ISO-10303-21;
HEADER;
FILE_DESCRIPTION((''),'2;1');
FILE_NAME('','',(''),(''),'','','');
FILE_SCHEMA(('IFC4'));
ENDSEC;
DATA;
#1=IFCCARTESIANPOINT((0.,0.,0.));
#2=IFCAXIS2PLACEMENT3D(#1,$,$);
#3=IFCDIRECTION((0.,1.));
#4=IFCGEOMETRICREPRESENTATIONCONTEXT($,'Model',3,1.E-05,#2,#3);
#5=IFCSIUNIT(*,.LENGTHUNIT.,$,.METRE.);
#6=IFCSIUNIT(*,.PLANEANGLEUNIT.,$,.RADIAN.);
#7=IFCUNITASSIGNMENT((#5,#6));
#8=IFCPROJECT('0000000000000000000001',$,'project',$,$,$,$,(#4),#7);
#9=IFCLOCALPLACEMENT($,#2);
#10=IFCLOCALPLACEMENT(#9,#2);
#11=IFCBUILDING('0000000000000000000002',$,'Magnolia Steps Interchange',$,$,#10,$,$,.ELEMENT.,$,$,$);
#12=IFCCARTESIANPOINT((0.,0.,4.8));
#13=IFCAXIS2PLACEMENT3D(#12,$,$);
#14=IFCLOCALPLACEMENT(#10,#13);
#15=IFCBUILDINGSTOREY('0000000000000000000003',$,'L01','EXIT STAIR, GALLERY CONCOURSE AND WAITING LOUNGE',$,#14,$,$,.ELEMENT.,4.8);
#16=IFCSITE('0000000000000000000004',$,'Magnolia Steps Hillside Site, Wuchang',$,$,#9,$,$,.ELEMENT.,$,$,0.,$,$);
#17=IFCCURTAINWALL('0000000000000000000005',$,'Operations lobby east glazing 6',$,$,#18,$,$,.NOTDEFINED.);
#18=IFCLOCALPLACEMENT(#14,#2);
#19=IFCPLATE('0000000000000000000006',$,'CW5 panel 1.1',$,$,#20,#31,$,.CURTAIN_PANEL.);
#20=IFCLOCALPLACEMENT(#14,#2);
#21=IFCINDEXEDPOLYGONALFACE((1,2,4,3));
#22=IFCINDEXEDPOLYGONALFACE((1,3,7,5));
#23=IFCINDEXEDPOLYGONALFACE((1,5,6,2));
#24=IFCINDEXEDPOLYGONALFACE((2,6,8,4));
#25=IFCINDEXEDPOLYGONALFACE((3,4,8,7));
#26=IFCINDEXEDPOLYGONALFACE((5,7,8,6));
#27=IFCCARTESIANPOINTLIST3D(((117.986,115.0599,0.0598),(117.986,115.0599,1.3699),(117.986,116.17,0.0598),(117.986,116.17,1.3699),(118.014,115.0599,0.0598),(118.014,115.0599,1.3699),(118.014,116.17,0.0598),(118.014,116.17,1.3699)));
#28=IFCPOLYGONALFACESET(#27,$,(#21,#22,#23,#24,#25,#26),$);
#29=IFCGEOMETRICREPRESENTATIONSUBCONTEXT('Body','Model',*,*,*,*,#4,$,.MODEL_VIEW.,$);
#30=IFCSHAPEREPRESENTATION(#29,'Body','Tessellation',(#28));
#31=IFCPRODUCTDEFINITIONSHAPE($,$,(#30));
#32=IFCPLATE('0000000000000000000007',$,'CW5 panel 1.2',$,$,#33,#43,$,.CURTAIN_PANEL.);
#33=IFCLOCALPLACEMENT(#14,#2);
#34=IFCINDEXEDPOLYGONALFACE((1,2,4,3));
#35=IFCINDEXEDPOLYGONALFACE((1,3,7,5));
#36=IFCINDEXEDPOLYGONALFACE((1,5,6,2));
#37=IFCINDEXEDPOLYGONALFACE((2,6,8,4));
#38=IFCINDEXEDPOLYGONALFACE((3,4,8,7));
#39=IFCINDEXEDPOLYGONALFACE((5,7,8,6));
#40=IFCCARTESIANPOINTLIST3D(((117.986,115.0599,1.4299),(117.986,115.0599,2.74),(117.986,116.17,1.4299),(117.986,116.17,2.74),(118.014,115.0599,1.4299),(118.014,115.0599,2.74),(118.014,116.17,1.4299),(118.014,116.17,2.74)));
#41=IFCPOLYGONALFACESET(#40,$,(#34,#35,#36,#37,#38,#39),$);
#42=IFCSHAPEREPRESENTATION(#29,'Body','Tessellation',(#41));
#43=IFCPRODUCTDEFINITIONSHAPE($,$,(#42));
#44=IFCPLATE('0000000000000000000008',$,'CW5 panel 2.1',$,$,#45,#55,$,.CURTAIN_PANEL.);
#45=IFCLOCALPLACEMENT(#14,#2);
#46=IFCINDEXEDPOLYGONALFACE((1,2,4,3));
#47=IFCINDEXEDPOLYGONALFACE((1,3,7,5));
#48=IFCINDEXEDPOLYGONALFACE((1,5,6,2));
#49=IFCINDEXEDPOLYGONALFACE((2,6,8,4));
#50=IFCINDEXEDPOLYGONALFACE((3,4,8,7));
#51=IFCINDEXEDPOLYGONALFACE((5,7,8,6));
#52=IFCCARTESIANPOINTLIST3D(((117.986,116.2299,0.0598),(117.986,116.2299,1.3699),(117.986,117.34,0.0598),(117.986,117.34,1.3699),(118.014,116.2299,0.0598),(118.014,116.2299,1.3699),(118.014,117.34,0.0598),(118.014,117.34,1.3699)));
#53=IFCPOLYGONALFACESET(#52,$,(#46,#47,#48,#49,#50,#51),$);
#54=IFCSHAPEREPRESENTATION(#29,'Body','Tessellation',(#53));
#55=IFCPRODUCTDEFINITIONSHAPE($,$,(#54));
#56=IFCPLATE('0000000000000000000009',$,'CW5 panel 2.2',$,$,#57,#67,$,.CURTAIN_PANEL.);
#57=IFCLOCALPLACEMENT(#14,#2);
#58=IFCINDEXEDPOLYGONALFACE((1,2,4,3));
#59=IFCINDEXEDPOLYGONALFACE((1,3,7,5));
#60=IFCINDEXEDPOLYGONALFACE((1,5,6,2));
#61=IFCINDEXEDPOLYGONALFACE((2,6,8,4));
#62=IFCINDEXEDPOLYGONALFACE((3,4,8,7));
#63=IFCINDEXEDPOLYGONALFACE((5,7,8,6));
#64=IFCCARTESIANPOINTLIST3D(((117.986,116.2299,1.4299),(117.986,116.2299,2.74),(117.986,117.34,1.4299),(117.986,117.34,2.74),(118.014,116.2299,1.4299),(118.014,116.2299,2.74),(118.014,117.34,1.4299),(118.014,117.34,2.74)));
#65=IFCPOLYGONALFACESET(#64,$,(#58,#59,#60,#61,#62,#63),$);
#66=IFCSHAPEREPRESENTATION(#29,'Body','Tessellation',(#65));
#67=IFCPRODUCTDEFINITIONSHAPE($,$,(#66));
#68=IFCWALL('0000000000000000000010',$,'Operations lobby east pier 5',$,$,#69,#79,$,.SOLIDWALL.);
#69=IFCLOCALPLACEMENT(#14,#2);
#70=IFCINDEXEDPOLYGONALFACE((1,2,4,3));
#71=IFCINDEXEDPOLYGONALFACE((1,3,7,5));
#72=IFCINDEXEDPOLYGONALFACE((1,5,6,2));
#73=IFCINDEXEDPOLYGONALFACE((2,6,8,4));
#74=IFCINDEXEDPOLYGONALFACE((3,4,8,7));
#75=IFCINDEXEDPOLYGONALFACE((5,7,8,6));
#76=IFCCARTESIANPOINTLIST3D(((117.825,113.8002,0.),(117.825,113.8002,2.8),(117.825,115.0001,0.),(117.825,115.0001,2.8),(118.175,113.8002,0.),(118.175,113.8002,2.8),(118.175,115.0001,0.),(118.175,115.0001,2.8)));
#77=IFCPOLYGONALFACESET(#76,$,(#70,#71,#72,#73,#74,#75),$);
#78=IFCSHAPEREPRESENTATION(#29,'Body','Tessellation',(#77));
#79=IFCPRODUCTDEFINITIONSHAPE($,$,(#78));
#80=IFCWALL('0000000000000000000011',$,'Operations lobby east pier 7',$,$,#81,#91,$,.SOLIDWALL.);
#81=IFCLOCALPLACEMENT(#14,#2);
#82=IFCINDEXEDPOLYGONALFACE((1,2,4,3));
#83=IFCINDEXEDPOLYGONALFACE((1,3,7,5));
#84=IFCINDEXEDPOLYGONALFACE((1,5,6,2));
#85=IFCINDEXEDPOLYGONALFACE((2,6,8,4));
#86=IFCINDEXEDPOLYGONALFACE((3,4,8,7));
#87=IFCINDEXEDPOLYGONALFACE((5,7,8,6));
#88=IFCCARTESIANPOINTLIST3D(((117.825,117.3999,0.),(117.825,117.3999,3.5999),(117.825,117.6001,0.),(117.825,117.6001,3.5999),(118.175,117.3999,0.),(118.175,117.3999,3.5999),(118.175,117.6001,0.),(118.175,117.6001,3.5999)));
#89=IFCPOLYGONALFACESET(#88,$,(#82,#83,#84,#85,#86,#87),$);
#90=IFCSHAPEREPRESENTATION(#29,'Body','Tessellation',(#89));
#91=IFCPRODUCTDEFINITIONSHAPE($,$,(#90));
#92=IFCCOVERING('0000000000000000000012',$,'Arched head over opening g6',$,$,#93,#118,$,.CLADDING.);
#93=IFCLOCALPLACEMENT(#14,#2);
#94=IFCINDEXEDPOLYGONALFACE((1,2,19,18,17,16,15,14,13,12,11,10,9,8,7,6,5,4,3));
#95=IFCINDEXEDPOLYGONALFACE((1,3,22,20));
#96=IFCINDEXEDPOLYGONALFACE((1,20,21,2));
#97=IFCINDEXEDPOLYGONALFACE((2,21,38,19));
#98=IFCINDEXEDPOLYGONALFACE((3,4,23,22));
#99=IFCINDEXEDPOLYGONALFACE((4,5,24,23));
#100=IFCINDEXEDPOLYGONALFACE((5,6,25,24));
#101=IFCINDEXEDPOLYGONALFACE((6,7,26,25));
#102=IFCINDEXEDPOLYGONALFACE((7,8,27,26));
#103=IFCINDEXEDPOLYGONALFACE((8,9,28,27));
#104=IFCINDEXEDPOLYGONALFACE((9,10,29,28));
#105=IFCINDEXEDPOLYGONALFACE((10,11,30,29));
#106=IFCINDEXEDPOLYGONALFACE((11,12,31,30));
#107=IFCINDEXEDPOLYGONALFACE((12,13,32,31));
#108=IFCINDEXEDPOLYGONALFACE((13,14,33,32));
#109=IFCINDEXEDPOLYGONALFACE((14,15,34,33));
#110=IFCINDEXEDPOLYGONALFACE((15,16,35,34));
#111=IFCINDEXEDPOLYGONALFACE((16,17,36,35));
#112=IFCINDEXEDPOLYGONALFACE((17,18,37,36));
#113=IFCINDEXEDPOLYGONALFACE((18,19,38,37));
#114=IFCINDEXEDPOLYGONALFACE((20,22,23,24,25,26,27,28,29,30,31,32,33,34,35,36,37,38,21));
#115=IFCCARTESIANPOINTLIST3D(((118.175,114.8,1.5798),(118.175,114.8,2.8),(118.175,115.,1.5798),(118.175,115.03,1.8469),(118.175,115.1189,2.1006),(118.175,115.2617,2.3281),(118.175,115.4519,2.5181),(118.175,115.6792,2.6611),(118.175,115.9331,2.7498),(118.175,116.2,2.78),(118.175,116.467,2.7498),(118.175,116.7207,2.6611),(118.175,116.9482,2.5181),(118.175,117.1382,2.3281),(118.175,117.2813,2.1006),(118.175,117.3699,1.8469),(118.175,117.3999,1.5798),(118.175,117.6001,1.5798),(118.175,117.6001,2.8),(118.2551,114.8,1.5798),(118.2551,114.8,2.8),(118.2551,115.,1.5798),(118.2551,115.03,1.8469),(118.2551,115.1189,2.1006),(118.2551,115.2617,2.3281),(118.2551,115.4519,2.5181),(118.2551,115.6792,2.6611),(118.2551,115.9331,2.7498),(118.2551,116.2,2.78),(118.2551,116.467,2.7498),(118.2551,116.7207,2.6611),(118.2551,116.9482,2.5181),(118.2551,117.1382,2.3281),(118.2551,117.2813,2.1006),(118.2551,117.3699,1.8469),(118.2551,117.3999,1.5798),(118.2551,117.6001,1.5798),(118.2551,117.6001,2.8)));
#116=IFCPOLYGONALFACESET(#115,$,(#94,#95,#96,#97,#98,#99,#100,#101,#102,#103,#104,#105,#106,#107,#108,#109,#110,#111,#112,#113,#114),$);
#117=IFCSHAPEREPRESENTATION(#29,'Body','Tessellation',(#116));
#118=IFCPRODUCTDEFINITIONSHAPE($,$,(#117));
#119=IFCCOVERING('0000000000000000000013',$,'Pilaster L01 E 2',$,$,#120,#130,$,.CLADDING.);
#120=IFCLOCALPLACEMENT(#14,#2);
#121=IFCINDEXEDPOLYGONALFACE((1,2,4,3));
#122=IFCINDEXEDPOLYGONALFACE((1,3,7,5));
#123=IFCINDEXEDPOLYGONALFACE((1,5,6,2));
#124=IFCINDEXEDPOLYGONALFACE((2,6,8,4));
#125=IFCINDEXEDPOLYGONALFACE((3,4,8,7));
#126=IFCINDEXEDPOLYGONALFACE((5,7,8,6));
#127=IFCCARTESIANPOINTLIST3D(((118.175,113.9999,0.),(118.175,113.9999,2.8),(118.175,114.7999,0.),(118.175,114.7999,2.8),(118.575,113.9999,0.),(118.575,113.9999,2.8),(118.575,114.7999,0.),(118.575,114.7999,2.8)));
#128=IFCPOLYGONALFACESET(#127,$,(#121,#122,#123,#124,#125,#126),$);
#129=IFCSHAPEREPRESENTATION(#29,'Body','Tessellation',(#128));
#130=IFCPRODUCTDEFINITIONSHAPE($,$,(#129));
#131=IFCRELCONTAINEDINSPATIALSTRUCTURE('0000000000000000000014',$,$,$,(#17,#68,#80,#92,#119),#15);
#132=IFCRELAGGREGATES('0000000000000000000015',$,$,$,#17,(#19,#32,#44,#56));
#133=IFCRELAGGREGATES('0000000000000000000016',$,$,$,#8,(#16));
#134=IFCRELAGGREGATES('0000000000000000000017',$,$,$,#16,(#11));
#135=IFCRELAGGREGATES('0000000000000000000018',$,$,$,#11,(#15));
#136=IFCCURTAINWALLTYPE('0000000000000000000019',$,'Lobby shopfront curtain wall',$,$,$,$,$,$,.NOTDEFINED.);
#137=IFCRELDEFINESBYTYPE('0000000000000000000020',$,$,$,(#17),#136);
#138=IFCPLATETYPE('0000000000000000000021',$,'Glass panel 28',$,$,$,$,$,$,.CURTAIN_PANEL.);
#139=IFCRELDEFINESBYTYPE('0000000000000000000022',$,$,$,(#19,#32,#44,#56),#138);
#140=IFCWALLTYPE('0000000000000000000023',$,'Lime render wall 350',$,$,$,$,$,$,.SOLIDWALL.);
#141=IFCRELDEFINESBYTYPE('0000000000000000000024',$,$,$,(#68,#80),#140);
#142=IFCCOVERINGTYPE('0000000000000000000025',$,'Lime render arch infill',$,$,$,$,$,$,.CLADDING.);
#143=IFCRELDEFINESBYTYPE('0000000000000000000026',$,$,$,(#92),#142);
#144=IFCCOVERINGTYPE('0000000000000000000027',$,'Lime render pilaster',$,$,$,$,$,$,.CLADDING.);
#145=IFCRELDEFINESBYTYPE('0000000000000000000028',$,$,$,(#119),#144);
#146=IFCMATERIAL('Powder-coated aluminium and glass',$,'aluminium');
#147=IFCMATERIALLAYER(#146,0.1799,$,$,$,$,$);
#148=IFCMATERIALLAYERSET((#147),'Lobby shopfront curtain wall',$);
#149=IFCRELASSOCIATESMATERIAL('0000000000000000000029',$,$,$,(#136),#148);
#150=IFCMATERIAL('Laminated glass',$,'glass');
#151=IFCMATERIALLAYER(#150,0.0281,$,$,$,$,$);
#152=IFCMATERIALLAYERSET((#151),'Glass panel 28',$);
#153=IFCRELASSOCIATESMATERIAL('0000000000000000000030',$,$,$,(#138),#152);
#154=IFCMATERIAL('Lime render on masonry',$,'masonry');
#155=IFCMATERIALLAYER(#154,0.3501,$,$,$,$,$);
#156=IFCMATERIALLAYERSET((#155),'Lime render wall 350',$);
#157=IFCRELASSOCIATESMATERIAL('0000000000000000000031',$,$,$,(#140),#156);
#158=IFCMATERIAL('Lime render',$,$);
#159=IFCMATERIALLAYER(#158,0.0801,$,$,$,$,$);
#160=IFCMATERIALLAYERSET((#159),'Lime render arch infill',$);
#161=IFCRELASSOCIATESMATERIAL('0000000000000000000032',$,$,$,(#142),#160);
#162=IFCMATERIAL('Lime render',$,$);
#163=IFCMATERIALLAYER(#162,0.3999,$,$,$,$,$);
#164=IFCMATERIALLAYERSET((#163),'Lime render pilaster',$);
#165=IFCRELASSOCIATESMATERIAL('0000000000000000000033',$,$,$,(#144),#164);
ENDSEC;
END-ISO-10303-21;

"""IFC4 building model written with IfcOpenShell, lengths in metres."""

from ifc_helpers import new_model, si_unit, direction, frame, frame_2d, origin, origin_2d, place, context, subcontext, project, spatial, polyline, rectangle, outline, extrude, material, layer, layer_set, type_object, element, aggregate, save


model = new_model("IFC4")

# Units and contexts
model_context = context("Model", 3, precision=1e-05, world=origin(), true_north=direction((0.0, 1.0)))
body_context = subcontext(model_context, "Body", "Model", "MODEL_VIEW")
ifc_project = project(units=[si_unit("LENGTHUNIT", "METRE"), si_unit("PLANEANGLEUNIT", "RADIAN")], contexts=[model_context])

# Site, building, storey
site_placement = place(None, origin())
site = spatial("IfcSite", under=ifc_project, at=site_placement, Name="Magnolia Steps Hillside Site, Wuchang", CompositionType="ELEMENT", RefElevation=0.0)
building_placement = place(site_placement, origin())
building = spatial("IfcBuilding", under=site, at=building_placement, Name="Magnolia Steps Interchange", CompositionType="ELEMENT")
storey_placement = place(building_placement, frame((0.0, 0.0, 4.8)))
storey = spatial("IfcBuildingStorey", under=building, at=storey_placement, Name="L01", Description="EXIT STAIR, GALLERY CONCOURSE AND WAITING LOUNGE", CompositionType="ELEMENT", Elevation=4.8)

# Shared definitions
ifc_material_1 = material(Name="Powder-coated aluminium and glass", Category="aluminium")
ifc_layer_1 = layer(ifc_material_1, 0.1799)
ifc_layer_set_1 = layer_set([ifc_layer_1], Name="Lobby shopfront curtain wall")
curtain_wall_type = type_object("IfcCurtainWallType", Name="Lobby shopfront curtain wall", PredefinedType="NOTDEFINED", material=ifc_layer_set_1)

# Curtain wall
curtain_wall_1_placement = place(storey_placement, origin())
curtain_wall_1 = element("IfcCurtainWall", 1, at=curtain_wall_1_placement, inside=storey, type_object=curtain_wall_type, Name="Operations lobby east glazing 6", PredefinedType="NOTDEFINED")

# Plates
ifc_material_2 = material(Name="Laminated glass", Category="glass")
ifc_layer_2 = layer(ifc_material_2, 0.0281)
ifc_layer_set_2 = layer_set([ifc_layer_2], Name="Glass panel 28")
plate_type = type_object("IfcPlateType", Name="Glass panel 28", PredefinedType="CURTAIN_PANEL", material=ifc_layer_set_2)
plate_1_placement = place(storey_placement, frame((118.0, 115.615, 0.0598), z_axis=(0.0, 0.0, 1.0), x_axis=(0.0, 1.0, 0.0)))
plate_1 = element("IfcPlate", 2, at=plate_1_placement, type_object=plate_type, Name="CW5 panel 1.1", PredefinedType="CURTAIN_PANEL", context=body_context, shape_type="SweptSolid", body=[
    extrude(rectangle(XDim=1.1101, YDim=0.0281, at=origin_2d()), origin(), (0.0, 0.0, 1.0), 1.3101),
])
plate_2_placement = place(storey_placement, frame((118.0, 115.615, 1.4299), z_axis=(0.0, 0.0, 1.0), x_axis=(0.0, 1.0, 0.0)))
plate_2 = element("IfcPlate", 3, at=plate_2_placement, type_object=plate_type, Name="CW5 panel 1.2", PredefinedType="CURTAIN_PANEL", context=body_context, shape_type="SweptSolid", body=[
    extrude(rectangle(XDim=1.1101, YDim=0.0281, at=origin_2d()), origin(), (0.0, 0.0, 1.0), 1.3101),
])
plate_3_placement = place(storey_placement, frame((118.0, 116.7849, 0.0598), z_axis=(0.0, 0.0, 1.0), x_axis=(0.0, 1.0, 0.0)))
plate_3 = element("IfcPlate", 4, at=plate_3_placement, type_object=plate_type, Name="CW5 panel 2.1", PredefinedType="CURTAIN_PANEL", context=body_context, shape_type="SweptSolid", body=[
    extrude(rectangle(XDim=1.1101, YDim=0.0281, at=origin_2d()), origin(), (0.0, 0.0, 1.0), 1.3101),
])
plate_4_placement = place(storey_placement, frame((118.0, 116.7849, 1.4299), z_axis=(0.0, 0.0, 1.0), x_axis=(0.0, 1.0, 0.0)))
plate_4 = element("IfcPlate", 5, at=plate_4_placement, type_object=plate_type, Name="CW5 panel 2.2", PredefinedType="CURTAIN_PANEL", context=body_context, shape_type="SweptSolid", body=[
    extrude(rectangle(XDim=1.1101, YDim=0.0281, at=origin_2d()), origin(), (0.0, 0.0, 1.0), 1.3101),
])
aggregate(curtain_wall_1, [plate_1, plate_2, plate_3, plate_4])

# Walls
ifc_material_3 = material(Name="Lime render on masonry", Category="masonry")
ifc_layer_3 = layer(ifc_material_3, 0.3501)
ifc_layer_set_3 = layer_set([ifc_layer_3], Name="Lime render wall 350")
wall_type = type_object("IfcWallType", Name="Lime render wall 350", PredefinedType="SOLIDWALL", material=ifc_layer_set_3)
wall_1_placement = place(storey_placement, frame((118.0, 113.8, 0.0), z_axis=(0.0, 0.0, 1.0), x_axis=(0.0, 1.0, 0.0)))
element("IfcWall", 6, at=wall_1_placement, inside=storey, type_object=wall_type, Name="Operations lobby east pier 5", PredefinedType="SOLIDWALL", context=body_context, shape_type="SweptSolid", body=[
    extrude(rectangle(XDim=1.2, YDim=0.3501, at=frame_2d((0.6001, 0.0))), origin(), (0.0, 0.0, 1.0), 2.8),
])
wall_2_placement = place(storey_placement, frame((118.0, 117.3999, 0.0), z_axis=(0.0, 0.0, 1.0), x_axis=(0.0, 1.0, 0.0)))
element("IfcWall", 7, at=wall_2_placement, inside=storey, type_object=wall_type, Name="Operations lobby east pier 7", PredefinedType="SOLIDWALL", context=body_context, shape_type="SweptSolid", body=[
    extrude(rectangle(XDim=0.2002, YDim=0.3501, at=frame_2d((0.1001, 0.0))), origin(), (0.0, 0.0, 1.0), 3.5999),
])

# Coverings
ifc_material_4 = material(Name="Lime render")
ifc_layer_4 = layer(ifc_material_4, 0.0801)
ifc_layer_set_4 = layer_set([ifc_layer_4], Name="Lime render arch infill")
covering_type_1 = type_object("IfcCoveringType", Name="Lime render arch infill", PredefinedType="CLADDING", material=ifc_layer_set_4)
covering_1_placement = place(storey_placement, frame((118.175, 114.8, 1.5798), z_axis=(-1.0, 0.0, 0.0), x_axis=(0.0, 0.0, 1.0)))
element("IfcCovering", 8, at=covering_1_placement, inside=storey, type_object=covering_type_1, Name="Arched head over opening g6", PredefinedType="CLADDING", context=body_context, shape_type="SweptSolid", body=[
    extrude(outline(polyline([(0.0, 0.0), (1.2202, 0.0), (1.2202, 2.8), (0.0, 2.8), (0.0, 2.5999), (0.2671, 2.5698), (0.5208, 2.4812), (0.7483, 2.3381), (0.9382, 2.1482), (1.0813, 1.9207), (1.1699, 1.667), (1.2002, 1.3999), (1.1699, 1.1331), (1.0813, 0.8792), (0.9382, 0.6519), (0.7483, 0.4617), (0.5208, 0.3188), (0.2671, 0.23), (0.0, 0.2), (0.0, 0.0)])), origin(), (0.0, 0.0, -1.0), 0.0801),
])
ifc_material_5 = material(Name="Lime render")
ifc_layer_5 = layer(ifc_material_5, 0.3999)
ifc_layer_set_5 = layer_set([ifc_layer_5], Name="Lime render pilaster")
covering_type_2 = type_object("IfcCoveringType", Name="Lime render pilaster", PredefinedType="CLADDING", material=ifc_layer_set_5)
covering_2_placement = place(storey_placement, frame((118.375, 114.3999, 0.0), z_axis=(0.0, 0.0, 1.0), x_axis=(1.0, 0.0, 0.0)))
element("IfcCovering", 9, at=covering_2_placement, inside=storey, type_object=covering_type_2, Name="Pilaster L01 E 2", PredefinedType="CLADDING", context=body_context, shape_type="SweptSolid", body=[
    extrude(rectangle(XDim=0.3999, YDim=0.8, at=origin_2d()), origin(), (0.0, 0.0, 1.0), 2.8),
])

save(model, "model.ifc")
